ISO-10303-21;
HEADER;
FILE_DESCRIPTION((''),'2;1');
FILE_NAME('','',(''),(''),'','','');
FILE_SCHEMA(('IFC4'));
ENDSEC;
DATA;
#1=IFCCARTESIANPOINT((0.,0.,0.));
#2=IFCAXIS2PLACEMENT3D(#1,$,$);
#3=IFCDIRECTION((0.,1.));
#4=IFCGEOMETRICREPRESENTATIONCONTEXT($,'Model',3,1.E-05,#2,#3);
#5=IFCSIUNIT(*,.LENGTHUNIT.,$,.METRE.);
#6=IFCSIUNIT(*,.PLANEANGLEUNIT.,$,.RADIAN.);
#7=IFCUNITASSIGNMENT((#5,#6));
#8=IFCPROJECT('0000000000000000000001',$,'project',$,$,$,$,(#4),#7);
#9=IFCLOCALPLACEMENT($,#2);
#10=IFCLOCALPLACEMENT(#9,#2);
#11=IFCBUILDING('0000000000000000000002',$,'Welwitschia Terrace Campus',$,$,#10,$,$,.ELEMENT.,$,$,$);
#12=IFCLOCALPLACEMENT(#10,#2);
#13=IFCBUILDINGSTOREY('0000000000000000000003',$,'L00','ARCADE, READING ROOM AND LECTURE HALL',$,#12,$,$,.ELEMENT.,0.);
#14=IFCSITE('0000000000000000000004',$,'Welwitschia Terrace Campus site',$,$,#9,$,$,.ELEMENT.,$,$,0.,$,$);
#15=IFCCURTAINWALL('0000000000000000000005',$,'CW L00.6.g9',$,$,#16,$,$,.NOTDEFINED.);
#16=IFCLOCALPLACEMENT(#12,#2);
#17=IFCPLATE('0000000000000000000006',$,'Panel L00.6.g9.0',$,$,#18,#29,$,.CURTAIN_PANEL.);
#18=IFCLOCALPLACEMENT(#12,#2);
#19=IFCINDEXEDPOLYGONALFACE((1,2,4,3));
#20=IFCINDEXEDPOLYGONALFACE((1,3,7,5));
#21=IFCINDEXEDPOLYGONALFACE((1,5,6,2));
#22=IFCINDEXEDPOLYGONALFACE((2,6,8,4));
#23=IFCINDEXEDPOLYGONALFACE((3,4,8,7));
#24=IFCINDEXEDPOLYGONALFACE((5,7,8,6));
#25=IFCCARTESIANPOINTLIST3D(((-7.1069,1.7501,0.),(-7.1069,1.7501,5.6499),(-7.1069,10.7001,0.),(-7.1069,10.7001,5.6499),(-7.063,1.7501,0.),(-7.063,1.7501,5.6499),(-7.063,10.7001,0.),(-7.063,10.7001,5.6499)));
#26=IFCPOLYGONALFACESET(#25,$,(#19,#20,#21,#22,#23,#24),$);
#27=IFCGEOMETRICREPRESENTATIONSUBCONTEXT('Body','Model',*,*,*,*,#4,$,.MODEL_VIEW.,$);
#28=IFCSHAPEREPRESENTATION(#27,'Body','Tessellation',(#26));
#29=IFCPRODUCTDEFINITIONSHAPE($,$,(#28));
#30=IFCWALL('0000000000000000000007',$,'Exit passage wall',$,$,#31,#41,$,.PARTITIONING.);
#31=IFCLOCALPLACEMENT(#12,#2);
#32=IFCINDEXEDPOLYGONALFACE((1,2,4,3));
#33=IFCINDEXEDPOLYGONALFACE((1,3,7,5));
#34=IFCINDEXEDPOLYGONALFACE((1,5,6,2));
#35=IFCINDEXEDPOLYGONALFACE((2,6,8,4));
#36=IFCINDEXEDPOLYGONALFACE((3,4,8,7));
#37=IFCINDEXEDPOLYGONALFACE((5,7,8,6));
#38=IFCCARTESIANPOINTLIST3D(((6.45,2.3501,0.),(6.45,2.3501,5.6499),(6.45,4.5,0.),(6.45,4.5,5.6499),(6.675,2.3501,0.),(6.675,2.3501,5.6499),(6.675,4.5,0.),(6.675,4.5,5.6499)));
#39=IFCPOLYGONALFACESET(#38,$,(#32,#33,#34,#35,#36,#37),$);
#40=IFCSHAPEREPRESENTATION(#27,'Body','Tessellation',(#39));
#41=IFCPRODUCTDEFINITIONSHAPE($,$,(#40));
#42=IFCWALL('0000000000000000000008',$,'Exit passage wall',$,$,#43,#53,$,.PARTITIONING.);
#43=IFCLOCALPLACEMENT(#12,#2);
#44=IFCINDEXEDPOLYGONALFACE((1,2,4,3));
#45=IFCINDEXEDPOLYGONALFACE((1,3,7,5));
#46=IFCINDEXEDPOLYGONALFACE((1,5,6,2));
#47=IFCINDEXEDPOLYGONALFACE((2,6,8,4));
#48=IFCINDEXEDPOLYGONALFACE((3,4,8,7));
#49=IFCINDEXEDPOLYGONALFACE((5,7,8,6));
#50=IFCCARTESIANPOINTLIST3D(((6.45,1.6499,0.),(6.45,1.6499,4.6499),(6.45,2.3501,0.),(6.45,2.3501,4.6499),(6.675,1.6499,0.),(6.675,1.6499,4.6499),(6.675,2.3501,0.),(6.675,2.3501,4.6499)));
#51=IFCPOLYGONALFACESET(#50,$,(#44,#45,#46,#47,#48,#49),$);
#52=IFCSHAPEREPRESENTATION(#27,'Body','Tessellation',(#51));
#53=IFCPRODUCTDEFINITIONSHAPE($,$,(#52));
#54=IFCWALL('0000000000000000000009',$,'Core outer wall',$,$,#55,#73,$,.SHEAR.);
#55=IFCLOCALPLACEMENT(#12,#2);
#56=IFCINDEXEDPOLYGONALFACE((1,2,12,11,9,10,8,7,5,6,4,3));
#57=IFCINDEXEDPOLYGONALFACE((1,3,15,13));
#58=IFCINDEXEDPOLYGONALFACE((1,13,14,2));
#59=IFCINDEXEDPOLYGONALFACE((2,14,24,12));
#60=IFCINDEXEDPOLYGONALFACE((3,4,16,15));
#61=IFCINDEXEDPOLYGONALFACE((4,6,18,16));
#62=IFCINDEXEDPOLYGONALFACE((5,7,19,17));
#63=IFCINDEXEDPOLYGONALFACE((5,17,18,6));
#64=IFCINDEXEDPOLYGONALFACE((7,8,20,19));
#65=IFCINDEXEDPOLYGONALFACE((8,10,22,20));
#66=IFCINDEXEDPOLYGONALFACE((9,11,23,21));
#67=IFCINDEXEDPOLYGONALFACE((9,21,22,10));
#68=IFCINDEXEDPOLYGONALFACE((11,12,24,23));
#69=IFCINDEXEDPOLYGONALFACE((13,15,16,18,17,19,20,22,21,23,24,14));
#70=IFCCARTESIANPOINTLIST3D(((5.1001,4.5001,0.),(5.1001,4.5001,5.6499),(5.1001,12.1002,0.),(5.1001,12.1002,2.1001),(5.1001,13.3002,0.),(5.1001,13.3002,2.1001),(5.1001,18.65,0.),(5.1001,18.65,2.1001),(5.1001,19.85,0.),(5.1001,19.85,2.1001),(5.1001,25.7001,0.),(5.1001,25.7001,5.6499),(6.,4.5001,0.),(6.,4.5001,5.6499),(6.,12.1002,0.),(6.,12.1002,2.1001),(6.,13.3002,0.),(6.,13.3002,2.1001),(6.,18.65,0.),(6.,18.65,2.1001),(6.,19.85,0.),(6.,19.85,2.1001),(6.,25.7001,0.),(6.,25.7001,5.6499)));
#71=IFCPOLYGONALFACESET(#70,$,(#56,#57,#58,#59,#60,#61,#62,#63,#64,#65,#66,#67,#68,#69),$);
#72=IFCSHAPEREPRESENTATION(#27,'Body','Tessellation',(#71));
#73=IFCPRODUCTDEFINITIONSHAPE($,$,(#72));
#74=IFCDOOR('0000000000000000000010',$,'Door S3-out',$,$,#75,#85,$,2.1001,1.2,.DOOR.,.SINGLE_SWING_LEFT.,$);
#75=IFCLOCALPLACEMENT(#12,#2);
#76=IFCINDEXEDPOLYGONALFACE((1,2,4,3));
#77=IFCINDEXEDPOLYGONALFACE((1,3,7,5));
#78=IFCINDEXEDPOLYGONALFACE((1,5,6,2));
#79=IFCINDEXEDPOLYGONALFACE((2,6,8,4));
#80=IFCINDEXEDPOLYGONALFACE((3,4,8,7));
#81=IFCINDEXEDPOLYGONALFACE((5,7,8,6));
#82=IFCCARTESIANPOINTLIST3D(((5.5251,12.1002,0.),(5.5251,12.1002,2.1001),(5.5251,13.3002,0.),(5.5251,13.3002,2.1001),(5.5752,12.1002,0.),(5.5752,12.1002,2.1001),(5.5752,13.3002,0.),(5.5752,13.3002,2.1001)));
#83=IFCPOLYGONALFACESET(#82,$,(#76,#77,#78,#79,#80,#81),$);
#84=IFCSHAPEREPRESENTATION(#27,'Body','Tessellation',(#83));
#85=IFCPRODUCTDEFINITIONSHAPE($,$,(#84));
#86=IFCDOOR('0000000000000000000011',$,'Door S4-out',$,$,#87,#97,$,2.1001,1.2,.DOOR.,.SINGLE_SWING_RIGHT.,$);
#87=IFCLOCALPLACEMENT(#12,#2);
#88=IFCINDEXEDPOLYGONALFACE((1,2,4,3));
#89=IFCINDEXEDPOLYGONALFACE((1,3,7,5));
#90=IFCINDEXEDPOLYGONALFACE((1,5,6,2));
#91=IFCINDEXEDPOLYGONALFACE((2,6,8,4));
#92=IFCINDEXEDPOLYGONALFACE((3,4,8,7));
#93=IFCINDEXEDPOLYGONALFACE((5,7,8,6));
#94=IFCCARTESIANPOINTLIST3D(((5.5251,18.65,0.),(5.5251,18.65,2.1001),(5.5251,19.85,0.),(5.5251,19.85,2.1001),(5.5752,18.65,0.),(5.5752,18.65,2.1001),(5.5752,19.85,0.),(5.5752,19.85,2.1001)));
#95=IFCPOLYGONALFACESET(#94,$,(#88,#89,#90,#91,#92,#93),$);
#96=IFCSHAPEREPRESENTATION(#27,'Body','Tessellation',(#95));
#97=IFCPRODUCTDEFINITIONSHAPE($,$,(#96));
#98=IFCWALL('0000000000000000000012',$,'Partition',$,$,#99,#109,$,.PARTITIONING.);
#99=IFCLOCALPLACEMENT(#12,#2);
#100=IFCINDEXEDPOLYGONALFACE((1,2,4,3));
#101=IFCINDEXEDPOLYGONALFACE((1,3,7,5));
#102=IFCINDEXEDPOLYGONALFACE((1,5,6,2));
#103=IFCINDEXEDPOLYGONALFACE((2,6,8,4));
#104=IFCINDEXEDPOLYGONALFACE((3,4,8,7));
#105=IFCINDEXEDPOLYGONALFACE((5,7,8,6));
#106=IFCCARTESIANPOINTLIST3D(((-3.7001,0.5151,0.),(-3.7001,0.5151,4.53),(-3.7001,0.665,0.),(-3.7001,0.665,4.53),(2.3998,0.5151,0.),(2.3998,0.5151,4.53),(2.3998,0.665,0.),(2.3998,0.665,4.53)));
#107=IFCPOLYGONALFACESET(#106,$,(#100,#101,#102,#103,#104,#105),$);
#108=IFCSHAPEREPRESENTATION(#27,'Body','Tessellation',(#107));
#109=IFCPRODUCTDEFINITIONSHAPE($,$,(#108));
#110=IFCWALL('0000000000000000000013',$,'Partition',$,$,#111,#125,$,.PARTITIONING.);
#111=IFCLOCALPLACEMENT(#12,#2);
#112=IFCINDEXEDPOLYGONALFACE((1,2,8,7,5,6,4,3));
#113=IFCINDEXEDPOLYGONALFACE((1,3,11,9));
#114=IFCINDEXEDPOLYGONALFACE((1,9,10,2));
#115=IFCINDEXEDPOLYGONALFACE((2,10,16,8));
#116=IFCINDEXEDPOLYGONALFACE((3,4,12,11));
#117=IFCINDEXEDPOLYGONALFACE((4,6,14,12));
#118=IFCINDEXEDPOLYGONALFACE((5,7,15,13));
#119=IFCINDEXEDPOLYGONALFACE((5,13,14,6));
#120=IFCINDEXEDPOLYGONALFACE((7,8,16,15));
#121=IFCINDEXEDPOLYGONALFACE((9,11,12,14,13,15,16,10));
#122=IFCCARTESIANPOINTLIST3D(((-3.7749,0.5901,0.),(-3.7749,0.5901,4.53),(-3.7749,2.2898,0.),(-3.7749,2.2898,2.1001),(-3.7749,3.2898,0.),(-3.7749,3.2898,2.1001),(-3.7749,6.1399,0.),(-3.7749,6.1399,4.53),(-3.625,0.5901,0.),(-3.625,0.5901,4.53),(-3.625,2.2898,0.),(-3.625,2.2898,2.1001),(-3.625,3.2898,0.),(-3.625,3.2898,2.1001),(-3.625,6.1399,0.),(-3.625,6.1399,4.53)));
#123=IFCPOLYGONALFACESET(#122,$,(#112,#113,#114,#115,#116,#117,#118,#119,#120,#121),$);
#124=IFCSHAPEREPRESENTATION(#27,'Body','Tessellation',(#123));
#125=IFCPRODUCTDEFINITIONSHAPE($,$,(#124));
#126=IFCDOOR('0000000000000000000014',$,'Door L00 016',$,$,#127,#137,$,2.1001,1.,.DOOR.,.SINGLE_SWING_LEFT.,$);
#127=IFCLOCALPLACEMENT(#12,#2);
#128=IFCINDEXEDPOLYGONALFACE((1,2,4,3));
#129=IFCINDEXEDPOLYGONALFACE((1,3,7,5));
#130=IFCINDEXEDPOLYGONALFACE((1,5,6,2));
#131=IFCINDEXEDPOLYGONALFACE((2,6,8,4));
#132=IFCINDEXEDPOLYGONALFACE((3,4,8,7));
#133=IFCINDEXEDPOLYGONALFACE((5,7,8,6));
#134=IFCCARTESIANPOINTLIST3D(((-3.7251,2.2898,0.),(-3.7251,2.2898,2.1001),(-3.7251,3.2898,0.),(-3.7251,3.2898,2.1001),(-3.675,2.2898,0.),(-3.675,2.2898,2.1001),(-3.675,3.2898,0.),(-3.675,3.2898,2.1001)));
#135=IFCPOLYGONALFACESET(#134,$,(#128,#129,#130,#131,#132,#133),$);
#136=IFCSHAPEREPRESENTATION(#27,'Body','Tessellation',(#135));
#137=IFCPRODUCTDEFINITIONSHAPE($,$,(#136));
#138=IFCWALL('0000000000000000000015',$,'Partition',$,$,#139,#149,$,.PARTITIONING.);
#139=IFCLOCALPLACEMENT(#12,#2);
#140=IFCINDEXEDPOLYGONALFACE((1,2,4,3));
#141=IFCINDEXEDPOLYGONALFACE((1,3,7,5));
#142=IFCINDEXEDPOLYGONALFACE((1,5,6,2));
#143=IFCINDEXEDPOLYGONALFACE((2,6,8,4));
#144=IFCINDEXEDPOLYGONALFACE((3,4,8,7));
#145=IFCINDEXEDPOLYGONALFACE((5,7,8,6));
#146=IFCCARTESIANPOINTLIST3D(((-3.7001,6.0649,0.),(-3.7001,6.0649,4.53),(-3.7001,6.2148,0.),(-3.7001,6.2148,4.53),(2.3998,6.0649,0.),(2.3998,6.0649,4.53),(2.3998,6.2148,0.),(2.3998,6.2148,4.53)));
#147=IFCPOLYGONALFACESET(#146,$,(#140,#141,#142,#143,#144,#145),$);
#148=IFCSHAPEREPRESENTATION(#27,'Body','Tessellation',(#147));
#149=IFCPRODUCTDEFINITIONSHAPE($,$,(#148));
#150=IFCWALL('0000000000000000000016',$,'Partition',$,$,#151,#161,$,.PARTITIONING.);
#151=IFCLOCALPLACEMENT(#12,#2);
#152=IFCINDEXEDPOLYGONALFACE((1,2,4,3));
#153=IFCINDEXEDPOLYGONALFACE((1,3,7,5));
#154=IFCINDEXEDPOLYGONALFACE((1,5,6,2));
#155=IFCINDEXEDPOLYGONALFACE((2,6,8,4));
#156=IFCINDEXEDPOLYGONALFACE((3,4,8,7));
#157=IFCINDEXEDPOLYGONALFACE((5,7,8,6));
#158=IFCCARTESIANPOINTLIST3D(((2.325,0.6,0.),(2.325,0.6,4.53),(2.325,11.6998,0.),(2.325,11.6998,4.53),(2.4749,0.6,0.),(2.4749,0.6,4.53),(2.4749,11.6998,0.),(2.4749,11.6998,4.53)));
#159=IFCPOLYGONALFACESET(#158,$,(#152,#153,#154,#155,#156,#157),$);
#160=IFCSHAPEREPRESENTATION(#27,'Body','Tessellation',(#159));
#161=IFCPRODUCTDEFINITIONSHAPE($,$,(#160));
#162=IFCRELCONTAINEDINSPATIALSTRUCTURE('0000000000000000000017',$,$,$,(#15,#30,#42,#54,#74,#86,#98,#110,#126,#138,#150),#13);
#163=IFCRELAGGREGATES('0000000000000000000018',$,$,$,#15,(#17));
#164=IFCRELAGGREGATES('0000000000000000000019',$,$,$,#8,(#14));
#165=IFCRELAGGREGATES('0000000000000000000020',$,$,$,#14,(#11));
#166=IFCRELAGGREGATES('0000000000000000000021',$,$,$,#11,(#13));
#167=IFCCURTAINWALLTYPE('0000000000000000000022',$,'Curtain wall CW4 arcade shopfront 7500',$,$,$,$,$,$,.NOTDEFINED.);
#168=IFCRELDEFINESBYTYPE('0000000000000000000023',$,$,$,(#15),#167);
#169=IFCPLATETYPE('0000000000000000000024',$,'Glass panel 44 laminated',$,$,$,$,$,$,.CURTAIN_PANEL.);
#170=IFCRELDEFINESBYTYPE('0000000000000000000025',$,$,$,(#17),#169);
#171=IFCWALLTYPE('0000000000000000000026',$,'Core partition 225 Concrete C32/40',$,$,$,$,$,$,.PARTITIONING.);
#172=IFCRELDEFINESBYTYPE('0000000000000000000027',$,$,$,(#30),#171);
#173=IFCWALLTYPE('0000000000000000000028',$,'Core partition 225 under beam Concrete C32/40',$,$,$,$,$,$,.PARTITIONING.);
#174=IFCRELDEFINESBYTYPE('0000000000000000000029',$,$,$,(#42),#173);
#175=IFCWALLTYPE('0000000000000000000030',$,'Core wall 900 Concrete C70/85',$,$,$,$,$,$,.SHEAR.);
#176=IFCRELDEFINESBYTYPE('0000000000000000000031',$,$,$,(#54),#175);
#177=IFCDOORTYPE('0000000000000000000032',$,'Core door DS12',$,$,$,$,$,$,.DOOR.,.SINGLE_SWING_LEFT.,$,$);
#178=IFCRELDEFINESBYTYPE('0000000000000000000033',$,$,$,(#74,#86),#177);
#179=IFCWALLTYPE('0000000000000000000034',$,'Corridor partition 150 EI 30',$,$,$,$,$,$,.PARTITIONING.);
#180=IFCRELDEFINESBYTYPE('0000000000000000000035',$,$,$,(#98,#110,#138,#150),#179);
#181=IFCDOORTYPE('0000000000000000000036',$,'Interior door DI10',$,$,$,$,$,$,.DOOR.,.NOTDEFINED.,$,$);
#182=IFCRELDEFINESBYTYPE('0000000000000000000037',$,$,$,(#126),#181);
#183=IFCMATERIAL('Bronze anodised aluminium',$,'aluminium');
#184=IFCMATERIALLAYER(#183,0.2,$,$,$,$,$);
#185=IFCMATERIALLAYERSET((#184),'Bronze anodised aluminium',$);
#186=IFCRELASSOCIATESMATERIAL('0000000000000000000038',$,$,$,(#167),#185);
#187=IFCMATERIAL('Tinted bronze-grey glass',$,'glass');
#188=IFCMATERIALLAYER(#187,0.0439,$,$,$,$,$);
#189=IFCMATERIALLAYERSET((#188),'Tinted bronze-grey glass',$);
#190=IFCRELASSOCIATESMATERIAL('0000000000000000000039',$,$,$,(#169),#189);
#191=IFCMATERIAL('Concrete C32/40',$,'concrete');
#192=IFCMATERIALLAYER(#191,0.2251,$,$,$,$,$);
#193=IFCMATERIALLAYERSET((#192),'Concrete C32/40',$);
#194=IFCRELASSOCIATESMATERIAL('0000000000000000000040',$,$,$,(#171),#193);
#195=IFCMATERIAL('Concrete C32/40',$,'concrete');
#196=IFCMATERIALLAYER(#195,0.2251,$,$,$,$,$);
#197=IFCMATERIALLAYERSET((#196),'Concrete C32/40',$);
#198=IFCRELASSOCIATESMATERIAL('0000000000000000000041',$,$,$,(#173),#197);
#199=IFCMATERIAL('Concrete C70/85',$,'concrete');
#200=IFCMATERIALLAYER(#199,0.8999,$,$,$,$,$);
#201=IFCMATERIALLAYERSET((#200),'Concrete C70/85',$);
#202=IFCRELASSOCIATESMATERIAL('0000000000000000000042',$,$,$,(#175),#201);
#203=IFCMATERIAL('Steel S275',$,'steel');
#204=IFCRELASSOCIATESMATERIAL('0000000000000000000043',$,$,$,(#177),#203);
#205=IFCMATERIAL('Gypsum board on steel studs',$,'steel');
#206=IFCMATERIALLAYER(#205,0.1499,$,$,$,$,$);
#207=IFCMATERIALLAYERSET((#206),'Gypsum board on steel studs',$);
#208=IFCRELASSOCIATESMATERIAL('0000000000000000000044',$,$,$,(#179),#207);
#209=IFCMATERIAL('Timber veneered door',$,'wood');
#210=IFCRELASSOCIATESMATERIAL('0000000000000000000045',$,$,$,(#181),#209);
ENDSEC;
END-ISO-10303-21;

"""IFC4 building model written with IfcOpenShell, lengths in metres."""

from ifc_helpers import new_model, si_unit, direction, frame, frame_2d, origin, origin_2d, place, context, subcontext, project, spatial, rectangle, extrude, material, layer, layer_set, type_object, element, fill, aggregate, save


model = new_model("IFC4")

# Units and contexts
model_context = context("Model", 3, precision=1e-05, world=origin(), true_north=direction((0.0, 1.0)))
body_context = subcontext(model_context, "Body", "Model", "MODEL_VIEW")
ifc_project = project(units=[si_unit("LENGTHUNIT", "METRE"), si_unit("PLANEANGLEUNIT", "RADIAN")], contexts=[model_context])

# Site, building, storey
site_placement = place(None, origin())
site = spatial("IfcSite", under=ifc_project, at=site_placement, Name="Welwitschia Terrace Campus site", CompositionType="ELEMENT", RefElevation=0.0)
building_placement = place(site_placement, origin())
building = spatial("IfcBuilding", under=site, at=building_placement, Name="Welwitschia Terrace Campus", CompositionType="ELEMENT")
storey_placement = place(building_placement, origin())
storey = spatial("IfcBuildingStorey", under=building, at=storey_placement, Name="L00", Description="ARCADE, READING ROOM AND LECTURE HALL", CompositionType="ELEMENT", Elevation=0.0)

# Curtain wall, plate
ifc_material_1 = material(Name="Bronze anodised aluminium", Category="aluminium")
ifc_layer_1 = layer(ifc_material_1, 0.2)
ifc_layer_set_1 = layer_set([ifc_layer_1], Name="Bronze anodised aluminium")
curtain_wall_type = type_object("IfcCurtainWallType", Name="Curtain wall CW4 arcade shopfront 7500", PredefinedType="NOTDEFINED", material=ifc_layer_set_1)
curtain_wall_placement = place(storey_placement, origin())
curtain_wall = element("IfcCurtainWall", 1, at=curtain_wall_placement, inside=storey, type_object=curtain_wall_type, Name="CW L00.6.g9", PredefinedType="NOTDEFINED")
ifc_material_2 = material(Name="Tinted bronze-grey glass", Category="glass")
ifc_layer_2 = layer(ifc_material_2, 0.0439)
ifc_layer_set_2 = layer_set([ifc_layer_2], Name="Tinted bronze-grey glass")
plate_type = type_object("IfcPlateType", Name="Glass panel 44 laminated", PredefinedType="CURTAIN_PANEL", material=ifc_layer_set_2)
plate_placement = place(storey_placement, frame((-7.085, 6.2251, 0.0), z_axis=(0.0, 0.0, 1.0), x_axis=(0.0, -1.0, 0.0)))
plate = element("IfcPlate", 2, at=plate_placement, type_object=plate_type, Name="Panel L00.6.g9.0", PredefinedType="CURTAIN_PANEL", context=body_context, shape_type="SweptSolid", body=[
    extrude(rectangle(XDim=8.95, YDim=0.0439, at=origin_2d()), origin(), (0.0, 0.0, 1.0), 5.6499),
])
aggregate(curtain_wall, [plate])

# Walls
ifc_material_3 = material(Name="Concrete C32/40", Category="concrete")
ifc_layer_3 = layer(ifc_material_3, 0.2251)
ifc_layer_set_3 = layer_set([ifc_layer_3], Name="Concrete C32/40")
wall_type_1 = type_object("IfcWallType", Name="Core partition 225 Concrete C32/40", PredefinedType="PARTITIONING", material=ifc_layer_set_3)
wall_1_placement = place(storey_placement, frame((6.5625, 2.3501, 0.0), z_axis=(0.0, 0.0, 1.0), x_axis=(0.0, 1.0, 0.0)))
element("IfcWall", 3, at=wall_1_placement, inside=storey, type_object=wall_type_1, Name="Exit passage wall", PredefinedType="PARTITIONING", context=body_context, shape_type="SweptSolid", body=[
    extrude(rectangle(XDim=2.1499, YDim=0.2251, at=frame_2d((1.075, 0.0))), origin(), (0.0, 0.0, 1.0), 5.6499),
])
ifc_material_4 = material(Name="Concrete C32/40", Category="concrete")
ifc_layer_4 = layer(ifc_material_4, 0.2251)
ifc_layer_set_4 = layer_set([ifc_layer_4], Name="Concrete C32/40")
wall_type_2 = type_object("IfcWallType", Name="Core partition 225 under beam Concrete C32/40", PredefinedType="PARTITIONING", material=ifc_layer_set_4)
wall_2_placement = place(storey_placement, frame((6.5625, 1.6499, 0.0), z_axis=(0.0, 0.0, 1.0), x_axis=(0.0, 1.0, 0.0)))
element("IfcWall", 4, at=wall_2_placement, inside=storey, type_object=wall_type_2, Name="Exit passage wall", PredefinedType="PARTITIONING", context=body_context, shape_type="SweptSolid", body=[
    extrude(rectangle(XDim=0.7002, YDim=0.2251, at=frame_2d((0.3501, 0.0))), origin(), (0.0, 0.0, 1.0), 4.6499),
])

# Wall, openings, doors
ifc_material_5 = material(Name="Concrete C70/85", Category="concrete")
ifc_layer_5 = layer(ifc_material_5, 0.8999)
ifc_layer_set_5 = layer_set([ifc_layer_5], Name="Concrete C70/85")
wall_type_3 = type_object("IfcWallType", Name="Core wall 900 Concrete C70/85", PredefinedType="SHEAR", material=ifc_layer_set_5)
wall_3_placement = place(storey_placement, frame((5.55, 4.5, 0.0), z_axis=(0.0, 0.0, 1.0), x_axis=(0.0, 1.0, 0.0)))
wall_3 = element("IfcWall", 5, at=wall_3_placement, inside=storey, type_object=wall_type_3, Name="Core outer wall", PredefinedType="SHEAR", context=body_context, shape_type="SweptSolid", body=[
    extrude(rectangle(XDim=21.2, YDim=0.8999, at=frame_2d((10.6001, 0.0))), origin(), (0.0, 0.0, 1.0), 5.6499),
])
opening_1_placement = place(wall_3_placement, frame((7.6001, 0.0, 0.0)))
opening_1 = element("IfcOpeningElement", 6, at=opening_1_placement, cuts=wall_3, PredefinedType="OPENING", context=body_context, shape_type="SweptSolid", body=[
    extrude(rectangle(XDim=1.2, YDim=2.1001, at=frame_2d((0.6001, 1.05))), frame((0.0, 0.46, 0.0), z_axis=(0.0, -1.0, 0.0), x_axis=(1.0, 0.0, 0.0)), (0.0, 0.0, 1.0), 0.9199),
])
opening_2_placement = place(wall_3_placement, frame((14.1499, 0.0, 0.0)))
opening_2 = element("IfcOpeningElement", 7, at=opening_2_placement, cuts=wall_3, PredefinedType="OPENING", context=body_context, shape_type="SweptSolid", body=[
    extrude(rectangle(XDim=1.2, YDim=2.1001, at=frame_2d((0.6001, 1.05))), frame((0.0, 0.46, 0.0), z_axis=(0.0, -1.0, 0.0), x_axis=(1.0, 0.0, 0.0)), (0.0, 0.0, 1.0), 0.9199),
])
ifc_material_6 = material(Name="Steel S275", Category="steel")
door_type_1 = type_object("IfcDoorType", Name="Core door DS12", OperationType="SINGLE_SWING_LEFT", PredefinedType="DOOR", material=ifc_material_6)
door_1_placement = place(opening_1_placement, origin())
door_1 = element("IfcDoor", 8, at=door_1_placement, inside=storey, type_object=door_type_1, Name="Door S3-out", OperationType="SINGLE_SWING_LEFT", OverallHeight=2.1001, OverallWidth=1.2, PredefinedType="DOOR", context=body_context, shape_type="SweptSolid", body=[
    extrude(rectangle(XDim=1.2, YDim=2.1001, at=frame_2d((0.6001, 1.05))), frame((0.0, 0.0249, 0.0), z_axis=(0.0, -1.0, 0.0), x_axis=(1.0, 0.0, 0.0)), (0.0, 0.0, 1.0), 0.05),
])
fill(opening_1, door_1)
door_2_placement = place(opening_2_placement, origin())
door_2 = element("IfcDoor", 9, at=door_2_placement, inside=storey, type_object=door_type_1, Name="Door S4-out", OperationType="SINGLE_SWING_RIGHT", OverallHeight=2.1001, OverallWidth=1.2, PredefinedType="DOOR", context=body_context, shape_type="SweptSolid", body=[
    extrude(rectangle(XDim=1.2, YDim=2.1001, at=frame_2d((0.6001, 1.05))), frame((0.0, 0.0249, 0.0), z_axis=(0.0, -1.0, 0.0), x_axis=(1.0, 0.0, 0.0)), (0.0, 0.0, 1.0), 0.05),
])
fill(opening_2, door_2)

# Wall
ifc_material_7 = material(Name="Gypsum board on steel studs", Category="steel")
ifc_layer_6 = layer(ifc_material_7, 0.1499)
ifc_layer_set_6 = layer_set([ifc_layer_6], Name="Gypsum board on steel studs")
wall_type_4 = type_object("IfcWallType", Name="Corridor partition 150 EI 30", PredefinedType="PARTITIONING", material=ifc_layer_set_6)
wall_4_placement = place(storey_placement, frame((-3.7, 0.5901, 0.0), z_axis=(0.0, 0.0, 1.0), x_axis=(1.0, 0.0, 0.0)))
element("IfcWall", 10, at=wall_4_placement, inside=storey, type_object=wall_type_4, Name="Partition", PredefinedType="PARTITIONING", context=body_context, shape_type="SweptSolid", body=[
    extrude(rectangle(XDim=6.0999, YDim=0.1499, at=frame_2d((3.0498, 0.0))), origin(), (0.0, 0.0, 1.0), 4.53),
])

# Wall, opening, door
wall_5_placement = place(storey_placement, frame((-3.7, 6.1399, 0.0), z_axis=(0.0, 0.0, 1.0), x_axis=(0.0, -1.0, 0.0)))
wall_5 = element("IfcWall", 11, at=wall_5_placement, inside=storey, type_object=wall_type_4, Name="Partition", PredefinedType="PARTITIONING", context=body_context, shape_type="SweptSolid", body=[
    extrude(rectangle(XDim=5.5498, YDim=0.1499, at=frame_2d((2.7749, 0.0))), origin(), (0.0, 0.0, 1.0), 4.53),
])
opening_3_placement = place(wall_5_placement, frame((2.8501, 0.0, 0.0)))
opening_3 = element("IfcOpeningElement", 12, at=opening_3_placement, cuts=wall_5, PredefinedType="OPENING", context=body_context, shape_type="SweptSolid", body=[
    extrude(rectangle(XDim=1.0, YDim=2.1001, at=frame_2d((0.5, 1.05))), frame((0.0, 0.085, 0.0), z_axis=(0.0, -1.0, 0.0), x_axis=(1.0, 0.0, 0.0)), (0.0, 0.0, 1.0), 0.1699),
])
ifc_material_8 = material(Name="Timber veneered door", Category="wood")
door_type_2 = type_object("IfcDoorType", Name="Interior door DI10", OperationType="NOTDEFINED", PredefinedType="DOOR", material=ifc_material_8)
door_3_placement = place(opening_3_placement, origin())
door_3 = element("IfcDoor", 13, at=door_3_placement, inside=storey, type_object=door_type_2, Name="Door L00 016", OperationType="SINGLE_SWING_LEFT", OverallHeight=2.1001, OverallWidth=1.0, PredefinedType="DOOR", context=body_context, shape_type="SweptSolid", body=[
    extrude(rectangle(XDim=1.0, YDim=2.1001, at=frame_2d((0.5, 1.05))), frame((0.0, 0.0249, 0.0), z_axis=(0.0, -1.0, 0.0), x_axis=(1.0, 0.0, 0.0)), (0.0, 0.0, 1.0), 0.05),
])
fill(opening_3, door_3)

# Walls
wall_6_placement = place(storey_placement, frame((-3.7, 6.1399, 0.0), z_axis=(0.0, 0.0, 1.0), x_axis=(1.0, 0.0, 0.0)))
element("IfcWall", 14, at=wall_6_placement, inside=storey, type_object=wall_type_4, Name="Partition", PredefinedType="PARTITIONING", context=body_context, shape_type="SweptSolid", body=[
    extrude(rectangle(XDim=6.0999, YDim=0.1499, at=frame_2d((3.0498, 0.0))), origin(), (0.0, 0.0, 1.0), 4.53),
])
wall_7_placement = place(storey_placement, frame((2.3999, 0.6001, 0.0), z_axis=(0.0, 0.0, 1.0), x_axis=(0.0, 1.0, 0.0)))
element("IfcWall", 15, at=wall_7_placement, inside=storey, type_object=wall_type_4, Name="Partition", PredefinedType="PARTITIONING", context=body_context, shape_type="SweptSolid", body=[
    extrude(rectangle(XDim=11.0999, YDim=0.1499, at=frame_2d((5.5498, 0.0))), origin(), (0.0, 0.0, 1.0), 4.53),
])

save(model, "model.ifc")
